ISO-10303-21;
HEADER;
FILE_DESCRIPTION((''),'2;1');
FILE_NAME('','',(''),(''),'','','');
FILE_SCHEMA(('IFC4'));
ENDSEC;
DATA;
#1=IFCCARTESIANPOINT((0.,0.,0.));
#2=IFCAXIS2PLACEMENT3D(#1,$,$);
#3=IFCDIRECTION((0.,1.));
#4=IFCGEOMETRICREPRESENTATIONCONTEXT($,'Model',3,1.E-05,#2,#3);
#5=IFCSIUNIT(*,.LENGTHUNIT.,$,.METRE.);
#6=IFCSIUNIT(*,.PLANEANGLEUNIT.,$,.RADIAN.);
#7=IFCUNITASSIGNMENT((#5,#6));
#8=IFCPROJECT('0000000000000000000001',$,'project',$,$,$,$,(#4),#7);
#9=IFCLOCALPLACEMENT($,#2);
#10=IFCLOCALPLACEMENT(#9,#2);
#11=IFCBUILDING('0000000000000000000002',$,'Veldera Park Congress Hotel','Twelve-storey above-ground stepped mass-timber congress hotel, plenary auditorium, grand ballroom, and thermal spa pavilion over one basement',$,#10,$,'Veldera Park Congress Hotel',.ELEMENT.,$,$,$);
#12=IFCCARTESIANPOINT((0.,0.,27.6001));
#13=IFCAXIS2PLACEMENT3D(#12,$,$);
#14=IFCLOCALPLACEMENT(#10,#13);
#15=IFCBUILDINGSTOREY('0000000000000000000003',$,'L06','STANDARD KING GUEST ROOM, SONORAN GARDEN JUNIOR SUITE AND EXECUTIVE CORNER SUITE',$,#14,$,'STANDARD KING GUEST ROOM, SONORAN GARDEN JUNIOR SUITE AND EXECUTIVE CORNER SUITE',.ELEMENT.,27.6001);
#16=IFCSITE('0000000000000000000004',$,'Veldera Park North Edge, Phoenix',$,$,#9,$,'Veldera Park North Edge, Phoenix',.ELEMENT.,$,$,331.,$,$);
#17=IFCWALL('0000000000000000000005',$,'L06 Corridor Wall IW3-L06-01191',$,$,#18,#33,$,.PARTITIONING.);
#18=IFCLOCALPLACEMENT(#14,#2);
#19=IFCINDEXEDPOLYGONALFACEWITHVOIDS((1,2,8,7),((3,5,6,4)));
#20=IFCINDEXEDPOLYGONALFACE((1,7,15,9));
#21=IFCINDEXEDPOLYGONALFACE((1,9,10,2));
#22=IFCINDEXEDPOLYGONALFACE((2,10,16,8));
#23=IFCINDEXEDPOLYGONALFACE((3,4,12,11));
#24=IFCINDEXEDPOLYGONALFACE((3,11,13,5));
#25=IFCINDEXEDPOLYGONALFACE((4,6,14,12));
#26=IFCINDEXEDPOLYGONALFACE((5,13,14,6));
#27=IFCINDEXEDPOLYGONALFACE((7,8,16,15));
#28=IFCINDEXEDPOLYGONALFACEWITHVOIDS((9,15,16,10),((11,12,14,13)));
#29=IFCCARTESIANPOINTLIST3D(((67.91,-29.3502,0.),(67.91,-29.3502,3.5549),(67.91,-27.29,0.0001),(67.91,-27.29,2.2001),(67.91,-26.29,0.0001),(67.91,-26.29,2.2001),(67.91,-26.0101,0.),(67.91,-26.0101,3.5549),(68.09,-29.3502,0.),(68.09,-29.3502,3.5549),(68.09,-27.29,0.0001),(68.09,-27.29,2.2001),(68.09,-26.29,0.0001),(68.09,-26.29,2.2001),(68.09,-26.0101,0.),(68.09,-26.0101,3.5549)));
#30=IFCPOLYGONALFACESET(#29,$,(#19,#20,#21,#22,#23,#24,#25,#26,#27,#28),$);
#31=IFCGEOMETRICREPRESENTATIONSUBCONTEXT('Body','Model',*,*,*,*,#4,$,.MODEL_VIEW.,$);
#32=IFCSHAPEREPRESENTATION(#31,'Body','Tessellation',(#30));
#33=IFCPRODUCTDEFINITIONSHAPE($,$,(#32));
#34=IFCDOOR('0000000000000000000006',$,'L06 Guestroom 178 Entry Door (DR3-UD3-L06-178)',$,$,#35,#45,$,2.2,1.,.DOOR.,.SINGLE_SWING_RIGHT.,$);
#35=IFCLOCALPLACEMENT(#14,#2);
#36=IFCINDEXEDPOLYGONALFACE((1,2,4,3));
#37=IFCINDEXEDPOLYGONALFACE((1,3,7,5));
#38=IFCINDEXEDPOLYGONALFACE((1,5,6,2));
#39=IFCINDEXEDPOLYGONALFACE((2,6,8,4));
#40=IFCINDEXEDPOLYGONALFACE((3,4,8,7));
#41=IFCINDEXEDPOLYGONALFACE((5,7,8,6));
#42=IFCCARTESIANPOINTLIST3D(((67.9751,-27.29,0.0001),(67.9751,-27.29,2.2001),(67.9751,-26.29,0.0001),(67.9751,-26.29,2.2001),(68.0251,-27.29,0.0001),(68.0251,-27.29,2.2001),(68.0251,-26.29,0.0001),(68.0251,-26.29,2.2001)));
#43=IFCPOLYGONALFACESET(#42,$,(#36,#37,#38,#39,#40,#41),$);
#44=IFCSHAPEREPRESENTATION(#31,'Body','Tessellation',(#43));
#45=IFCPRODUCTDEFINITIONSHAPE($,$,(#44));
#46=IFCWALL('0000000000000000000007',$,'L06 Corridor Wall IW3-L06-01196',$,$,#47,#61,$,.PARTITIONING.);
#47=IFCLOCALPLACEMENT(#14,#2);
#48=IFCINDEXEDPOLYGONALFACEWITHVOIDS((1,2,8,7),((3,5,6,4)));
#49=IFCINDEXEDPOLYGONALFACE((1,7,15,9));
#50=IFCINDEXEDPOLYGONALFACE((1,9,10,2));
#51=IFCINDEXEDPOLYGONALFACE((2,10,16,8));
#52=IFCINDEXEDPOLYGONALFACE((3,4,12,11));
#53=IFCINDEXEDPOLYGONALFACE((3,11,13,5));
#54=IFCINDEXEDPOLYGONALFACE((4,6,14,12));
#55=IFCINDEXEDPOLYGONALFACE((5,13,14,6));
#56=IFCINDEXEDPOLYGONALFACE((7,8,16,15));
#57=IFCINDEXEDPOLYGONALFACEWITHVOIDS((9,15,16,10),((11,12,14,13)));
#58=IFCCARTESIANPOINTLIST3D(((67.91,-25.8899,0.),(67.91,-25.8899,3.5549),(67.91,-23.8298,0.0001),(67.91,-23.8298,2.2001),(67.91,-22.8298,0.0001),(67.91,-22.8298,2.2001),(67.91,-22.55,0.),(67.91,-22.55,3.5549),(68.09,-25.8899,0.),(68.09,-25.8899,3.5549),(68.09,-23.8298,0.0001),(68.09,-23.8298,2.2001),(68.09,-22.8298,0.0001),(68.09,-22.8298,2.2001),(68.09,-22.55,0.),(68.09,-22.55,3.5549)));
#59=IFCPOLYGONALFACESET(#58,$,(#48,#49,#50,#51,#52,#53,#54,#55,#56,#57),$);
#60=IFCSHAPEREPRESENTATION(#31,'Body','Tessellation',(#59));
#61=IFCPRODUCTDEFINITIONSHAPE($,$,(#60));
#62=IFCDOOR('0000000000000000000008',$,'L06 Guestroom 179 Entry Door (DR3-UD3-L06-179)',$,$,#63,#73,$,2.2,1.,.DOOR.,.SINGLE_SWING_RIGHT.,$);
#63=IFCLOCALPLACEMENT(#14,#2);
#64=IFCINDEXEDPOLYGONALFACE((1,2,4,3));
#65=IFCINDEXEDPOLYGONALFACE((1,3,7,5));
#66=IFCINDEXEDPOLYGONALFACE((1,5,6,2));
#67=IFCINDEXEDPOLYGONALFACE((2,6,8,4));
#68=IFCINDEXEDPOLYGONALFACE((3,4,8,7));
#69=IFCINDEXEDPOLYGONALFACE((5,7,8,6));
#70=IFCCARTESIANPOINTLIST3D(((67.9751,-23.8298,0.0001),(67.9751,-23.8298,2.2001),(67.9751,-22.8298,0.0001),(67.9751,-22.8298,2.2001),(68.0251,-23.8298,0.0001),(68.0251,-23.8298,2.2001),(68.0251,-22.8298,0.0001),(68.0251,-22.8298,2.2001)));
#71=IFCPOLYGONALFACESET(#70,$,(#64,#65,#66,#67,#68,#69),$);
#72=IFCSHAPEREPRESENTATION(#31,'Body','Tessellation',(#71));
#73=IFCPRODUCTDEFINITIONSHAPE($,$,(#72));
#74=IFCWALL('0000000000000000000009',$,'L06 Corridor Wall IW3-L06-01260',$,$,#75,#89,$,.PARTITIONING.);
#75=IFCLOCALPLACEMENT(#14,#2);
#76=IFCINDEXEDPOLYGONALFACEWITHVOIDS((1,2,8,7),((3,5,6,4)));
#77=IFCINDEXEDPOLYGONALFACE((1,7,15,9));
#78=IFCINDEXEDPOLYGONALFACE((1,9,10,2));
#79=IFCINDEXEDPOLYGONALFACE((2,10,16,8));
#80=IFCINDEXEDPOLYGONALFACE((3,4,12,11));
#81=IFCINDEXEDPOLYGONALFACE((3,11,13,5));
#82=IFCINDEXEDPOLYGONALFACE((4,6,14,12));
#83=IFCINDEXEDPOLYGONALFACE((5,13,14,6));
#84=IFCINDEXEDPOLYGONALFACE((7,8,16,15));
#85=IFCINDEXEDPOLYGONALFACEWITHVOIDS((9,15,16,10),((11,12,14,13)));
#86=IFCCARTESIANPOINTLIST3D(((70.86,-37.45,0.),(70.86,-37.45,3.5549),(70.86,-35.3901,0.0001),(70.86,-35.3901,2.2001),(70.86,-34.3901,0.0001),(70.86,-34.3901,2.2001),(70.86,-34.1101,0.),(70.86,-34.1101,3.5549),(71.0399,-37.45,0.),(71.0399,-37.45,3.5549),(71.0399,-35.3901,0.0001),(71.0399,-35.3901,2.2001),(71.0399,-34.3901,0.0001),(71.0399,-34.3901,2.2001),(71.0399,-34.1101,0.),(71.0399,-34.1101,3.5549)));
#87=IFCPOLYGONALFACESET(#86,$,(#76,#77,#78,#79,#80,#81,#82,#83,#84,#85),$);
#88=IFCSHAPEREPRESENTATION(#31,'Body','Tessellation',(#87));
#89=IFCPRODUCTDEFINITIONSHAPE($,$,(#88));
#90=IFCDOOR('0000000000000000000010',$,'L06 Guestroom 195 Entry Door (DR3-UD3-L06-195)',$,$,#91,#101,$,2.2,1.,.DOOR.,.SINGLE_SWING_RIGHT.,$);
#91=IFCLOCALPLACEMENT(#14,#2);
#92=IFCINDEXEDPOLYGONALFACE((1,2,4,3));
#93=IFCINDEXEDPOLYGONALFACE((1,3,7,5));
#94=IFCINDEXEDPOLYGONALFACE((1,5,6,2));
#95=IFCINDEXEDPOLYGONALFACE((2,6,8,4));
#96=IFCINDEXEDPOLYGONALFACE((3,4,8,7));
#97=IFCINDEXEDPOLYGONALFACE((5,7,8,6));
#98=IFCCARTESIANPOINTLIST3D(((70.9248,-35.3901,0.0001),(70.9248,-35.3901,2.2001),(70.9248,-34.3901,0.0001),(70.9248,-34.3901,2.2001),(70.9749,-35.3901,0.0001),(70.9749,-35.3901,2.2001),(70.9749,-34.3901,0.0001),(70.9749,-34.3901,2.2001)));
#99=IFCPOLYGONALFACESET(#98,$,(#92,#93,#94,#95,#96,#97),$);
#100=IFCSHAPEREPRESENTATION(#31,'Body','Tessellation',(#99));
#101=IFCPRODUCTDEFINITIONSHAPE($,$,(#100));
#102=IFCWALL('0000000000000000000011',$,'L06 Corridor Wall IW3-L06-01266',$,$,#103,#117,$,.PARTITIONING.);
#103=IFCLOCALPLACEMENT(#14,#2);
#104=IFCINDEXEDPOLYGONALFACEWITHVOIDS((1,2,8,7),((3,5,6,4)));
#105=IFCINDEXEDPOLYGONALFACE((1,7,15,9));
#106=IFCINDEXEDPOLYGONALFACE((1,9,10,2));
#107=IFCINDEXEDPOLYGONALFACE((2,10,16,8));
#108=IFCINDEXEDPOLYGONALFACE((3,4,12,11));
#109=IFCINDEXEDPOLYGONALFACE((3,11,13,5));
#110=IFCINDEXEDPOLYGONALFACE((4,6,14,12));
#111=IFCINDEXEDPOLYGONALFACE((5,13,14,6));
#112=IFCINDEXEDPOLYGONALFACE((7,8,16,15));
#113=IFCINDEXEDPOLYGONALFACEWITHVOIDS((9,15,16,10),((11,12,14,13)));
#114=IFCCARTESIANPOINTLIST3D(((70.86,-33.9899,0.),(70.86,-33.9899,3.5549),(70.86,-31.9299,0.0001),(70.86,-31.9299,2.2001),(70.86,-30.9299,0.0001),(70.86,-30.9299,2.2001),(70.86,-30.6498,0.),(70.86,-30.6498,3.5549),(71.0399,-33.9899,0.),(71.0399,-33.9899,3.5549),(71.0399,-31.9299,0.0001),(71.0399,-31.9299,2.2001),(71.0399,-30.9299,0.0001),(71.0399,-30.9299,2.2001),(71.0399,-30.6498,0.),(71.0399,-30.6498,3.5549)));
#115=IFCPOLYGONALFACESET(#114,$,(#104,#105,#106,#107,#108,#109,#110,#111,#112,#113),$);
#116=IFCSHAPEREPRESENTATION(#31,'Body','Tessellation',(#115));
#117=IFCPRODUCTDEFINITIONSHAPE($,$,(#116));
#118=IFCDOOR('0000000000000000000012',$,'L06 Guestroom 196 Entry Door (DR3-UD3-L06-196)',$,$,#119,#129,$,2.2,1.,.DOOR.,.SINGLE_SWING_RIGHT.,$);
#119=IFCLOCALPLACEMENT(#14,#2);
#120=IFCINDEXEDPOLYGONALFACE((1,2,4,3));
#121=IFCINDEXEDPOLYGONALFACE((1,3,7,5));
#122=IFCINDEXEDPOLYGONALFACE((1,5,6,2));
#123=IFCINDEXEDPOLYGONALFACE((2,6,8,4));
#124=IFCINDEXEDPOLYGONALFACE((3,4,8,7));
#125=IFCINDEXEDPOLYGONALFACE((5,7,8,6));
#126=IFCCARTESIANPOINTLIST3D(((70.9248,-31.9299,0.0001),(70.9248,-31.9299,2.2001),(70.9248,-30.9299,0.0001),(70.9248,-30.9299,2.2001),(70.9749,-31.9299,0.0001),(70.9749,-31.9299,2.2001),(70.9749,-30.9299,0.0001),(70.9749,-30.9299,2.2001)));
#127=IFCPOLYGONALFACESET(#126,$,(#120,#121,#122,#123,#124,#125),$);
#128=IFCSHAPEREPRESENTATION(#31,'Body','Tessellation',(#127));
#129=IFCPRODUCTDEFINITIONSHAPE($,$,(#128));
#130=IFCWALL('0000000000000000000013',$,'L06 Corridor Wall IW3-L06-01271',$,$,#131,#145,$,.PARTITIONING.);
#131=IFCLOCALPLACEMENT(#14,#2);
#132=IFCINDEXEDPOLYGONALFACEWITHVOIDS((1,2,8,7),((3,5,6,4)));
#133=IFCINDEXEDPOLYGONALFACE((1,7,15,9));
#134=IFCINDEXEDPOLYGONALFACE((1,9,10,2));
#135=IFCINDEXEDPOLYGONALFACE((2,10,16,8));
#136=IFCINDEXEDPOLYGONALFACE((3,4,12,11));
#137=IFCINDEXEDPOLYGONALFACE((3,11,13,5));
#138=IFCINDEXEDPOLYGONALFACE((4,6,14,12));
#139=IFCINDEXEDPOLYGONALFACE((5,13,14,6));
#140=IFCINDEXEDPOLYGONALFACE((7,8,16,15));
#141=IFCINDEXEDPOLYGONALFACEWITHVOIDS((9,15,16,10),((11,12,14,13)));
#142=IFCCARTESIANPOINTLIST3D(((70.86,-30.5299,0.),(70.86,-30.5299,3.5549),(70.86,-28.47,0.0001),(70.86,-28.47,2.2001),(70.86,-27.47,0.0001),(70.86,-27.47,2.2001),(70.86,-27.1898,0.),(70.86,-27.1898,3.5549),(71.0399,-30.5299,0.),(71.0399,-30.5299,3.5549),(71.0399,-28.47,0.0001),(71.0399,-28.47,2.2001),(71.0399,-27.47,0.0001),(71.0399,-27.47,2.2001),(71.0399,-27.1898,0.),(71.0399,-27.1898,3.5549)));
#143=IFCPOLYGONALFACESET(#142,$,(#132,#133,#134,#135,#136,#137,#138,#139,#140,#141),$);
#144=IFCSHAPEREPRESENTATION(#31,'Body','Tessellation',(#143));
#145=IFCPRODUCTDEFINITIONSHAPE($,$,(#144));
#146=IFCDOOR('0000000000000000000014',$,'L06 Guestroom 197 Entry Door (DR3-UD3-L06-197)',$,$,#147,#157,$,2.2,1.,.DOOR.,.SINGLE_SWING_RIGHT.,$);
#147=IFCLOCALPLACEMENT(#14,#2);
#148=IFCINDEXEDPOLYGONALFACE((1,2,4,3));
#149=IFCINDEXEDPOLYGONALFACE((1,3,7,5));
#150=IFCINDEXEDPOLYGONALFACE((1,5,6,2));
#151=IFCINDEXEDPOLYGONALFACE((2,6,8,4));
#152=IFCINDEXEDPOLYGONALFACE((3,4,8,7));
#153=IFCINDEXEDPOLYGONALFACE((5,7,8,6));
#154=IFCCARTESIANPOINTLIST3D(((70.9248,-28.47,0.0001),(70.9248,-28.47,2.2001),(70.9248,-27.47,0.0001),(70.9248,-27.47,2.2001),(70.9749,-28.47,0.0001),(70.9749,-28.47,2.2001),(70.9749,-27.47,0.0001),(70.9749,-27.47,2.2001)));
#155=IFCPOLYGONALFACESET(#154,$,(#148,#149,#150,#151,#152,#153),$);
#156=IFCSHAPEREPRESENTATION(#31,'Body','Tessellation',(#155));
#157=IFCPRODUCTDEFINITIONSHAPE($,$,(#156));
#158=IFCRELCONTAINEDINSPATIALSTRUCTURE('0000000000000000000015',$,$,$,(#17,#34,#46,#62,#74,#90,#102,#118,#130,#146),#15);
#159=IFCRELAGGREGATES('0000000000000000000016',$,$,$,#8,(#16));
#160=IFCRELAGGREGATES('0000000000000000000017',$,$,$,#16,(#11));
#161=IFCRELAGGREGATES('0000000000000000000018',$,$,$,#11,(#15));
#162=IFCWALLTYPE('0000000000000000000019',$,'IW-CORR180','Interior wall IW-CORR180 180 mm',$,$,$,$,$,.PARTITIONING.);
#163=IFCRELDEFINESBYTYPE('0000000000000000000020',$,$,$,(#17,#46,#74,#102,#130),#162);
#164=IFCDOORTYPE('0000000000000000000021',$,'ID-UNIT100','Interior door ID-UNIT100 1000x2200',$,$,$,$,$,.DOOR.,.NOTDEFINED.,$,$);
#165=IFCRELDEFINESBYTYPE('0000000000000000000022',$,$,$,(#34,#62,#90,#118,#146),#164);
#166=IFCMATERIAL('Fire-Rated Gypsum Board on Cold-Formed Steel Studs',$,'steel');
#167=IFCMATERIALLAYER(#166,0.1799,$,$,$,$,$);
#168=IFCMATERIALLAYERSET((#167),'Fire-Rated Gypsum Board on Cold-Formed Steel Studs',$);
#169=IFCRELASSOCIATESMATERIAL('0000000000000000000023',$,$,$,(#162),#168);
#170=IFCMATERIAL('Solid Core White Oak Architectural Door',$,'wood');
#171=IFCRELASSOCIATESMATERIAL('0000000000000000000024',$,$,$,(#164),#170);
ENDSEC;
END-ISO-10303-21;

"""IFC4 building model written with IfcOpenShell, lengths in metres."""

from ifc_helpers import new_model, si_unit, direction, frame, frame_2d, origin, place, context, subcontext, project, spatial, rectangle, extrude, material, layer, layer_set, type_object, element, fill, save


model = new_model("IFC4")

# Units and contexts
model_context = context("Model", 3, precision=1e-05, world=origin(), true_north=direction((0.0, 1.0)))
body_context = subcontext(model_context, "Body", "Model", "MODEL_VIEW")
ifc_project = project(units=[si_unit("LENGTHUNIT", "METRE"), si_unit("PLANEANGLEUNIT", "RADIAN")], contexts=[model_context])

# Site, building, storey
site_placement = place(None, origin())
site = spatial("IfcSite", under=ifc_project, at=site_placement, Name="Veldera Park North Edge, Phoenix", LongName="Veldera Park North Edge, Phoenix", CompositionType="ELEMENT", RefElevation=331.0)
building_placement = place(site_placement, origin())
building = spatial("IfcBuilding", under=site, at=building_placement, Name="Veldera Park Congress Hotel", Description="Twelve-storey above-ground stepped mass-timber congress hotel, plenary auditorium, grand ballroom, and thermal spa pavilion over one basement", LongName="Veldera Park Congress Hotel", CompositionType="ELEMENT")
storey_placement = place(building_placement, frame((0.0, 0.0, 27.6001)))
storey = spatial("IfcBuildingStorey", under=building, at=storey_placement, Name="L06", Description="STANDARD KING GUEST ROOM, SONORAN GARDEN JUNIOR SUITE AND EXECUTIVE CORNER SUITE", LongName="STANDARD KING GUEST ROOM, SONORAN GARDEN JUNIOR SUITE AND EXECUTIVE CORNER SUITE", CompositionType="ELEMENT", Elevation=27.6001)

# Shared definitions
ifc_material_1 = material(Name="Fire-Rated Gypsum Board on Cold-Formed Steel Studs", Category="steel")

# Shared definitions
ifc_material_2 = material(Name="Solid Core White Oak Architectural Door", Category="wood")

# Shared definitions
ifc_layer_1 = layer(ifc_material_1, 0.1799)
ifc_layer_set_1 = layer_set([ifc_layer_1], Name="Fire-Rated Gypsum Board on Cold-Formed Steel Studs")
wall_type_1 = type_object("IfcWallType", Name="IW-CORR180", Description="Interior wall IW-CORR180 180 mm", PredefinedType="PARTITIONING", material=ifc_layer_set_1)

# Walls, openings, doors
wall_1_placement = place(storey_placement, frame((68.0, -29.3501, 0.0), z_axis=(0.0, 0.0, 1.0), x_axis=(0.0, 1.0, 0.0)))
wall_1 = element("IfcWall", 1, at=wall_1_placement, inside=storey, type_object=wall_type_1, Name="L06 Corridor Wall IW3-L06-01191", PredefinedType="PARTITIONING", context=body_context, shape_type="SweptSolid", body=[
    extrude(rectangle(XDim=3.3401, YDim=0.1799, at=frame_2d((1.6699, 0.0))), origin(), (0.0, 0.0, 1.0), 3.5549),
])
opening_1_placement = place(wall_1_placement, frame((2.0601, 0.0, 0.0)))
opening_1 = element("IfcOpeningElement", 2, at=opening_1_placement, cuts=wall_1, PredefinedType="OPENING", context=body_context, shape_type="SweptSolid", body=[
    extrude(rectangle(XDim=1.0, YDim=2.2, at=frame_2d((0.5, 1.1001))), frame((0.0, 0.1021, 0.0), z_axis=(0.0, -1.0, 0.0), x_axis=(1.0, 0.0, 0.0)), (0.0, 0.0, 1.0), 0.2039),
])
door_type_1 = type_object("IfcDoorType", Name="ID-UNIT100", Description="Interior door ID-UNIT100 1000x2200", OperationType="NOTDEFINED", PredefinedType="DOOR", material=ifc_material_2)
door_1_placement = place(opening_1_placement, origin())
door_1 = element("IfcDoor", 3, at=door_1_placement, inside=storey, type_object=door_type_1, Name="L06 Guestroom 178 Entry Door (DR3-UD3-L06-178)", OperationType="SINGLE_SWING_RIGHT", OverallHeight=2.2, OverallWidth=1.0, PredefinedType="DOOR", context=body_context, shape_type="SweptSolid", body=[
    extrude(rectangle(XDim=1.0, YDim=2.2, at=frame_2d((0.5, 1.1001))), frame((0.0, 0.0249, 0.0), z_axis=(0.0, -1.0, 0.0), x_axis=(1.0, 0.0, 0.0)), (0.0, 0.0, 1.0), 0.05),
])
fill(opening_1, door_1)
wall_2_placement = place(storey_placement, frame((68.0, -25.8899, 0.0), z_axis=(0.0, 0.0, 1.0), x_axis=(0.0, 1.0, 0.0)))
wall_2 = element("IfcWall", 4, at=wall_2_placement, inside=storey, type_object=wall_type_1, Name="L06 Corridor Wall IW3-L06-01196", PredefinedType="PARTITIONING", context=body_context, shape_type="SweptSolid", body=[
    extrude(rectangle(XDim=3.3398, YDim=0.1799, at=frame_2d((1.6699, 0.0))), origin(), (0.0, 0.0, 1.0), 3.5549),
])
opening_2_placement = place(wall_2_placement, frame((2.0601, 0.0, 0.0)))
opening_2 = element("IfcOpeningElement", 5, at=opening_2_placement, cuts=wall_2, PredefinedType="OPENING", context=body_context, shape_type="SweptSolid", body=[
    extrude(rectangle(XDim=1.0, YDim=2.2, at=frame_2d((0.5, 1.1001))), frame((0.0, 0.1021, 0.0), z_axis=(0.0, -1.0, 0.0), x_axis=(1.0, 0.0, 0.0)), (0.0, 0.0, 1.0), 0.2039),
])
door_2_placement = place(opening_2_placement, origin())
door_2 = element("IfcDoor", 6, at=door_2_placement, inside=storey, type_object=door_type_1, Name="L06 Guestroom 179 Entry Door (DR3-UD3-L06-179)", OperationType="SINGLE_SWING_RIGHT", OverallHeight=2.2, OverallWidth=1.0, PredefinedType="DOOR", context=body_context, shape_type="SweptSolid", body=[
    extrude(rectangle(XDim=1.0, YDim=2.2, at=frame_2d((0.5, 1.1001))), frame((0.0, 0.0249, 0.0), z_axis=(0.0, -1.0, 0.0), x_axis=(1.0, 0.0, 0.0)), (0.0, 0.0, 1.0), 0.05),
])
fill(opening_2, door_2)
wall_3_placement = place(storey_placement, frame((70.95, -34.1101, 0.0), z_axis=(0.0, 0.0, 1.0), x_axis=(0.0, -1.0, 0.0)))
wall_3 = element("IfcWall", 7, at=wall_3_placement, inside=storey, type_object=wall_type_1, Name="L06 Corridor Wall IW3-L06-01260", PredefinedType="PARTITIONING", context=body_context, shape_type="SweptSolid", body=[
    extrude(rectangle(XDim=3.3398, YDim=0.1799, at=frame_2d((1.6699, 0.0))), origin(), (0.0, 0.0, 1.0), 3.5549),
])
opening_3_placement = place(wall_3_placement, frame((0.28, 0.0, 0.0)))
opening_3 = element("IfcOpeningElement", 8, at=opening_3_placement, cuts=wall_3, PredefinedType="OPENING", context=body_context, shape_type="SweptSolid", body=[
    extrude(rectangle(XDim=1.0, YDim=2.2, at=frame_2d((0.5, 1.1001))), frame((0.0, 0.1021, 0.0), z_axis=(0.0, -1.0, 0.0), x_axis=(1.0, 0.0, 0.0)), (0.0, 0.0, 1.0), 0.2039),
])
door_3_placement = place(opening_3_placement, origin())
door_3 = element("IfcDoor", 9, at=door_3_placement, inside=storey, type_object=door_type_1, Name="L06 Guestroom 195 Entry Door (DR3-UD3-L06-195)", OperationType="SINGLE_SWING_RIGHT", OverallHeight=2.2, OverallWidth=1.0, PredefinedType="DOOR", context=body_context, shape_type="SweptSolid", body=[
    extrude(rectangle(XDim=1.0, YDim=2.2, at=frame_2d((0.5, 1.1001))), frame((0.0, 0.0249, 0.0), z_axis=(0.0, -1.0, 0.0), x_axis=(1.0, 0.0, 0.0)), (0.0, 0.0, 1.0), 0.05),
])
fill(opening_3, door_3)
wall_4_placement = place(storey_placement, frame((70.95, -30.6499, 0.0), z_axis=(0.0, 0.0, 1.0), x_axis=(0.0, -1.0, 0.0)))
wall_4 = element("IfcWall", 10, at=wall_4_placement, inside=storey, type_object=wall_type_1, Name="L06 Corridor Wall IW3-L06-01266", PredefinedType="PARTITIONING", context=body_context, shape_type="SweptSolid", body=[
    extrude(rectangle(XDim=3.3401, YDim=0.1799, at=frame_2d((1.6699, 0.0))), origin(), (0.0, 0.0, 1.0), 3.5549),
])
opening_4_placement = place(wall_4_placement, frame((0.28, 0.0, 0.0)))
opening_4 = element("IfcOpeningElement", 11, at=opening_4_placement, cuts=wall_4, PredefinedType="OPENING", context=body_context, shape_type="SweptSolid", body=[
    extrude(rectangle(XDim=1.0, YDim=2.2, at=frame_2d((0.5, 1.1001))), frame((0.0, 0.1021, 0.0), z_axis=(0.0, -1.0, 0.0), x_axis=(1.0, 0.0, 0.0)), (0.0, 0.0, 1.0), 0.2039),
])
door_4_placement = place(opening_4_placement, origin())
door_4 = element("IfcDoor", 12, at=door_4_placement, inside=storey, type_object=door_type_1, Name="L06 Guestroom 196 Entry Door (DR3-UD3-L06-196)", OperationType="SINGLE_SWING_RIGHT", OverallHeight=2.2, OverallWidth=1.0, PredefinedType="DOOR", context=body_context, shape_type="SweptSolid", body=[
    extrude(rectangle(XDim=1.0, YDim=2.2, at=frame_2d((0.5, 1.1001))), frame((0.0, 0.0249, 0.0), z_axis=(0.0, -1.0, 0.0), x_axis=(1.0, 0.0, 0.0)), (0.0, 0.0, 1.0), 0.05),
])
fill(opening_4, door_4)
wall_5_placement = place(storey_placement, frame((70.95, -27.1899, 0.0), z_axis=(0.0, 0.0, 1.0), x_axis=(0.0, -1.0, 0.0)))
wall_5 = element("IfcWall", 13, at=wall_5_placement, inside=storey, type_object=wall_type_1, Name="L06 Corridor Wall IW3-L06-01271", PredefinedType="PARTITIONING", context=body_context, shape_type="SweptSolid", body=[
    extrude(rectangle(XDim=3.3401, YDim=0.1799, at=frame_2d((1.6699, 0.0))), origin(), (0.0, 0.0, 1.0), 3.5549),
])
opening_5_placement = place(wall_5_placement, frame((0.28, 0.0, 0.0)))
opening_5 = element("IfcOpeningElement", 14, at=opening_5_placement, cuts=wall_5, PredefinedType="OPENING", context=body_context, shape_type="SweptSolid", body=[
    extrude(rectangle(XDim=1.0, YDim=2.2, at=frame_2d((0.5, 1.1001))), frame((0.0, 0.1021, 0.0), z_axis=(0.0, -1.0, 0.0), x_axis=(1.0, 0.0, 0.0)), (0.0, 0.0, 1.0), 0.2039),
])
door_5_placement = place(opening_5_placement, origin())
door_5 = element("IfcDoor", 15, at=door_5_placement, inside=storey, type_object=door_type_1, Name="L06 Guestroom 197 Entry Door (DR3-UD3-L06-197)", OperationType="SINGLE_SWING_RIGHT", OverallHeight=2.2, OverallWidth=1.0, PredefinedType="DOOR", context=body_context, shape_type="SweptSolid", body=[
    extrude(rectangle(XDim=1.0, YDim=2.2, at=frame_2d((0.5, 1.1001))), frame((0.0, 0.0249, 0.0), z_axis=(0.0, -1.0, 0.0), x_axis=(1.0, 0.0, 0.0)), (0.0, 0.0, 1.0), 0.05),
])
fill(opening_5, door_5)

save(model, "model.ifc")
